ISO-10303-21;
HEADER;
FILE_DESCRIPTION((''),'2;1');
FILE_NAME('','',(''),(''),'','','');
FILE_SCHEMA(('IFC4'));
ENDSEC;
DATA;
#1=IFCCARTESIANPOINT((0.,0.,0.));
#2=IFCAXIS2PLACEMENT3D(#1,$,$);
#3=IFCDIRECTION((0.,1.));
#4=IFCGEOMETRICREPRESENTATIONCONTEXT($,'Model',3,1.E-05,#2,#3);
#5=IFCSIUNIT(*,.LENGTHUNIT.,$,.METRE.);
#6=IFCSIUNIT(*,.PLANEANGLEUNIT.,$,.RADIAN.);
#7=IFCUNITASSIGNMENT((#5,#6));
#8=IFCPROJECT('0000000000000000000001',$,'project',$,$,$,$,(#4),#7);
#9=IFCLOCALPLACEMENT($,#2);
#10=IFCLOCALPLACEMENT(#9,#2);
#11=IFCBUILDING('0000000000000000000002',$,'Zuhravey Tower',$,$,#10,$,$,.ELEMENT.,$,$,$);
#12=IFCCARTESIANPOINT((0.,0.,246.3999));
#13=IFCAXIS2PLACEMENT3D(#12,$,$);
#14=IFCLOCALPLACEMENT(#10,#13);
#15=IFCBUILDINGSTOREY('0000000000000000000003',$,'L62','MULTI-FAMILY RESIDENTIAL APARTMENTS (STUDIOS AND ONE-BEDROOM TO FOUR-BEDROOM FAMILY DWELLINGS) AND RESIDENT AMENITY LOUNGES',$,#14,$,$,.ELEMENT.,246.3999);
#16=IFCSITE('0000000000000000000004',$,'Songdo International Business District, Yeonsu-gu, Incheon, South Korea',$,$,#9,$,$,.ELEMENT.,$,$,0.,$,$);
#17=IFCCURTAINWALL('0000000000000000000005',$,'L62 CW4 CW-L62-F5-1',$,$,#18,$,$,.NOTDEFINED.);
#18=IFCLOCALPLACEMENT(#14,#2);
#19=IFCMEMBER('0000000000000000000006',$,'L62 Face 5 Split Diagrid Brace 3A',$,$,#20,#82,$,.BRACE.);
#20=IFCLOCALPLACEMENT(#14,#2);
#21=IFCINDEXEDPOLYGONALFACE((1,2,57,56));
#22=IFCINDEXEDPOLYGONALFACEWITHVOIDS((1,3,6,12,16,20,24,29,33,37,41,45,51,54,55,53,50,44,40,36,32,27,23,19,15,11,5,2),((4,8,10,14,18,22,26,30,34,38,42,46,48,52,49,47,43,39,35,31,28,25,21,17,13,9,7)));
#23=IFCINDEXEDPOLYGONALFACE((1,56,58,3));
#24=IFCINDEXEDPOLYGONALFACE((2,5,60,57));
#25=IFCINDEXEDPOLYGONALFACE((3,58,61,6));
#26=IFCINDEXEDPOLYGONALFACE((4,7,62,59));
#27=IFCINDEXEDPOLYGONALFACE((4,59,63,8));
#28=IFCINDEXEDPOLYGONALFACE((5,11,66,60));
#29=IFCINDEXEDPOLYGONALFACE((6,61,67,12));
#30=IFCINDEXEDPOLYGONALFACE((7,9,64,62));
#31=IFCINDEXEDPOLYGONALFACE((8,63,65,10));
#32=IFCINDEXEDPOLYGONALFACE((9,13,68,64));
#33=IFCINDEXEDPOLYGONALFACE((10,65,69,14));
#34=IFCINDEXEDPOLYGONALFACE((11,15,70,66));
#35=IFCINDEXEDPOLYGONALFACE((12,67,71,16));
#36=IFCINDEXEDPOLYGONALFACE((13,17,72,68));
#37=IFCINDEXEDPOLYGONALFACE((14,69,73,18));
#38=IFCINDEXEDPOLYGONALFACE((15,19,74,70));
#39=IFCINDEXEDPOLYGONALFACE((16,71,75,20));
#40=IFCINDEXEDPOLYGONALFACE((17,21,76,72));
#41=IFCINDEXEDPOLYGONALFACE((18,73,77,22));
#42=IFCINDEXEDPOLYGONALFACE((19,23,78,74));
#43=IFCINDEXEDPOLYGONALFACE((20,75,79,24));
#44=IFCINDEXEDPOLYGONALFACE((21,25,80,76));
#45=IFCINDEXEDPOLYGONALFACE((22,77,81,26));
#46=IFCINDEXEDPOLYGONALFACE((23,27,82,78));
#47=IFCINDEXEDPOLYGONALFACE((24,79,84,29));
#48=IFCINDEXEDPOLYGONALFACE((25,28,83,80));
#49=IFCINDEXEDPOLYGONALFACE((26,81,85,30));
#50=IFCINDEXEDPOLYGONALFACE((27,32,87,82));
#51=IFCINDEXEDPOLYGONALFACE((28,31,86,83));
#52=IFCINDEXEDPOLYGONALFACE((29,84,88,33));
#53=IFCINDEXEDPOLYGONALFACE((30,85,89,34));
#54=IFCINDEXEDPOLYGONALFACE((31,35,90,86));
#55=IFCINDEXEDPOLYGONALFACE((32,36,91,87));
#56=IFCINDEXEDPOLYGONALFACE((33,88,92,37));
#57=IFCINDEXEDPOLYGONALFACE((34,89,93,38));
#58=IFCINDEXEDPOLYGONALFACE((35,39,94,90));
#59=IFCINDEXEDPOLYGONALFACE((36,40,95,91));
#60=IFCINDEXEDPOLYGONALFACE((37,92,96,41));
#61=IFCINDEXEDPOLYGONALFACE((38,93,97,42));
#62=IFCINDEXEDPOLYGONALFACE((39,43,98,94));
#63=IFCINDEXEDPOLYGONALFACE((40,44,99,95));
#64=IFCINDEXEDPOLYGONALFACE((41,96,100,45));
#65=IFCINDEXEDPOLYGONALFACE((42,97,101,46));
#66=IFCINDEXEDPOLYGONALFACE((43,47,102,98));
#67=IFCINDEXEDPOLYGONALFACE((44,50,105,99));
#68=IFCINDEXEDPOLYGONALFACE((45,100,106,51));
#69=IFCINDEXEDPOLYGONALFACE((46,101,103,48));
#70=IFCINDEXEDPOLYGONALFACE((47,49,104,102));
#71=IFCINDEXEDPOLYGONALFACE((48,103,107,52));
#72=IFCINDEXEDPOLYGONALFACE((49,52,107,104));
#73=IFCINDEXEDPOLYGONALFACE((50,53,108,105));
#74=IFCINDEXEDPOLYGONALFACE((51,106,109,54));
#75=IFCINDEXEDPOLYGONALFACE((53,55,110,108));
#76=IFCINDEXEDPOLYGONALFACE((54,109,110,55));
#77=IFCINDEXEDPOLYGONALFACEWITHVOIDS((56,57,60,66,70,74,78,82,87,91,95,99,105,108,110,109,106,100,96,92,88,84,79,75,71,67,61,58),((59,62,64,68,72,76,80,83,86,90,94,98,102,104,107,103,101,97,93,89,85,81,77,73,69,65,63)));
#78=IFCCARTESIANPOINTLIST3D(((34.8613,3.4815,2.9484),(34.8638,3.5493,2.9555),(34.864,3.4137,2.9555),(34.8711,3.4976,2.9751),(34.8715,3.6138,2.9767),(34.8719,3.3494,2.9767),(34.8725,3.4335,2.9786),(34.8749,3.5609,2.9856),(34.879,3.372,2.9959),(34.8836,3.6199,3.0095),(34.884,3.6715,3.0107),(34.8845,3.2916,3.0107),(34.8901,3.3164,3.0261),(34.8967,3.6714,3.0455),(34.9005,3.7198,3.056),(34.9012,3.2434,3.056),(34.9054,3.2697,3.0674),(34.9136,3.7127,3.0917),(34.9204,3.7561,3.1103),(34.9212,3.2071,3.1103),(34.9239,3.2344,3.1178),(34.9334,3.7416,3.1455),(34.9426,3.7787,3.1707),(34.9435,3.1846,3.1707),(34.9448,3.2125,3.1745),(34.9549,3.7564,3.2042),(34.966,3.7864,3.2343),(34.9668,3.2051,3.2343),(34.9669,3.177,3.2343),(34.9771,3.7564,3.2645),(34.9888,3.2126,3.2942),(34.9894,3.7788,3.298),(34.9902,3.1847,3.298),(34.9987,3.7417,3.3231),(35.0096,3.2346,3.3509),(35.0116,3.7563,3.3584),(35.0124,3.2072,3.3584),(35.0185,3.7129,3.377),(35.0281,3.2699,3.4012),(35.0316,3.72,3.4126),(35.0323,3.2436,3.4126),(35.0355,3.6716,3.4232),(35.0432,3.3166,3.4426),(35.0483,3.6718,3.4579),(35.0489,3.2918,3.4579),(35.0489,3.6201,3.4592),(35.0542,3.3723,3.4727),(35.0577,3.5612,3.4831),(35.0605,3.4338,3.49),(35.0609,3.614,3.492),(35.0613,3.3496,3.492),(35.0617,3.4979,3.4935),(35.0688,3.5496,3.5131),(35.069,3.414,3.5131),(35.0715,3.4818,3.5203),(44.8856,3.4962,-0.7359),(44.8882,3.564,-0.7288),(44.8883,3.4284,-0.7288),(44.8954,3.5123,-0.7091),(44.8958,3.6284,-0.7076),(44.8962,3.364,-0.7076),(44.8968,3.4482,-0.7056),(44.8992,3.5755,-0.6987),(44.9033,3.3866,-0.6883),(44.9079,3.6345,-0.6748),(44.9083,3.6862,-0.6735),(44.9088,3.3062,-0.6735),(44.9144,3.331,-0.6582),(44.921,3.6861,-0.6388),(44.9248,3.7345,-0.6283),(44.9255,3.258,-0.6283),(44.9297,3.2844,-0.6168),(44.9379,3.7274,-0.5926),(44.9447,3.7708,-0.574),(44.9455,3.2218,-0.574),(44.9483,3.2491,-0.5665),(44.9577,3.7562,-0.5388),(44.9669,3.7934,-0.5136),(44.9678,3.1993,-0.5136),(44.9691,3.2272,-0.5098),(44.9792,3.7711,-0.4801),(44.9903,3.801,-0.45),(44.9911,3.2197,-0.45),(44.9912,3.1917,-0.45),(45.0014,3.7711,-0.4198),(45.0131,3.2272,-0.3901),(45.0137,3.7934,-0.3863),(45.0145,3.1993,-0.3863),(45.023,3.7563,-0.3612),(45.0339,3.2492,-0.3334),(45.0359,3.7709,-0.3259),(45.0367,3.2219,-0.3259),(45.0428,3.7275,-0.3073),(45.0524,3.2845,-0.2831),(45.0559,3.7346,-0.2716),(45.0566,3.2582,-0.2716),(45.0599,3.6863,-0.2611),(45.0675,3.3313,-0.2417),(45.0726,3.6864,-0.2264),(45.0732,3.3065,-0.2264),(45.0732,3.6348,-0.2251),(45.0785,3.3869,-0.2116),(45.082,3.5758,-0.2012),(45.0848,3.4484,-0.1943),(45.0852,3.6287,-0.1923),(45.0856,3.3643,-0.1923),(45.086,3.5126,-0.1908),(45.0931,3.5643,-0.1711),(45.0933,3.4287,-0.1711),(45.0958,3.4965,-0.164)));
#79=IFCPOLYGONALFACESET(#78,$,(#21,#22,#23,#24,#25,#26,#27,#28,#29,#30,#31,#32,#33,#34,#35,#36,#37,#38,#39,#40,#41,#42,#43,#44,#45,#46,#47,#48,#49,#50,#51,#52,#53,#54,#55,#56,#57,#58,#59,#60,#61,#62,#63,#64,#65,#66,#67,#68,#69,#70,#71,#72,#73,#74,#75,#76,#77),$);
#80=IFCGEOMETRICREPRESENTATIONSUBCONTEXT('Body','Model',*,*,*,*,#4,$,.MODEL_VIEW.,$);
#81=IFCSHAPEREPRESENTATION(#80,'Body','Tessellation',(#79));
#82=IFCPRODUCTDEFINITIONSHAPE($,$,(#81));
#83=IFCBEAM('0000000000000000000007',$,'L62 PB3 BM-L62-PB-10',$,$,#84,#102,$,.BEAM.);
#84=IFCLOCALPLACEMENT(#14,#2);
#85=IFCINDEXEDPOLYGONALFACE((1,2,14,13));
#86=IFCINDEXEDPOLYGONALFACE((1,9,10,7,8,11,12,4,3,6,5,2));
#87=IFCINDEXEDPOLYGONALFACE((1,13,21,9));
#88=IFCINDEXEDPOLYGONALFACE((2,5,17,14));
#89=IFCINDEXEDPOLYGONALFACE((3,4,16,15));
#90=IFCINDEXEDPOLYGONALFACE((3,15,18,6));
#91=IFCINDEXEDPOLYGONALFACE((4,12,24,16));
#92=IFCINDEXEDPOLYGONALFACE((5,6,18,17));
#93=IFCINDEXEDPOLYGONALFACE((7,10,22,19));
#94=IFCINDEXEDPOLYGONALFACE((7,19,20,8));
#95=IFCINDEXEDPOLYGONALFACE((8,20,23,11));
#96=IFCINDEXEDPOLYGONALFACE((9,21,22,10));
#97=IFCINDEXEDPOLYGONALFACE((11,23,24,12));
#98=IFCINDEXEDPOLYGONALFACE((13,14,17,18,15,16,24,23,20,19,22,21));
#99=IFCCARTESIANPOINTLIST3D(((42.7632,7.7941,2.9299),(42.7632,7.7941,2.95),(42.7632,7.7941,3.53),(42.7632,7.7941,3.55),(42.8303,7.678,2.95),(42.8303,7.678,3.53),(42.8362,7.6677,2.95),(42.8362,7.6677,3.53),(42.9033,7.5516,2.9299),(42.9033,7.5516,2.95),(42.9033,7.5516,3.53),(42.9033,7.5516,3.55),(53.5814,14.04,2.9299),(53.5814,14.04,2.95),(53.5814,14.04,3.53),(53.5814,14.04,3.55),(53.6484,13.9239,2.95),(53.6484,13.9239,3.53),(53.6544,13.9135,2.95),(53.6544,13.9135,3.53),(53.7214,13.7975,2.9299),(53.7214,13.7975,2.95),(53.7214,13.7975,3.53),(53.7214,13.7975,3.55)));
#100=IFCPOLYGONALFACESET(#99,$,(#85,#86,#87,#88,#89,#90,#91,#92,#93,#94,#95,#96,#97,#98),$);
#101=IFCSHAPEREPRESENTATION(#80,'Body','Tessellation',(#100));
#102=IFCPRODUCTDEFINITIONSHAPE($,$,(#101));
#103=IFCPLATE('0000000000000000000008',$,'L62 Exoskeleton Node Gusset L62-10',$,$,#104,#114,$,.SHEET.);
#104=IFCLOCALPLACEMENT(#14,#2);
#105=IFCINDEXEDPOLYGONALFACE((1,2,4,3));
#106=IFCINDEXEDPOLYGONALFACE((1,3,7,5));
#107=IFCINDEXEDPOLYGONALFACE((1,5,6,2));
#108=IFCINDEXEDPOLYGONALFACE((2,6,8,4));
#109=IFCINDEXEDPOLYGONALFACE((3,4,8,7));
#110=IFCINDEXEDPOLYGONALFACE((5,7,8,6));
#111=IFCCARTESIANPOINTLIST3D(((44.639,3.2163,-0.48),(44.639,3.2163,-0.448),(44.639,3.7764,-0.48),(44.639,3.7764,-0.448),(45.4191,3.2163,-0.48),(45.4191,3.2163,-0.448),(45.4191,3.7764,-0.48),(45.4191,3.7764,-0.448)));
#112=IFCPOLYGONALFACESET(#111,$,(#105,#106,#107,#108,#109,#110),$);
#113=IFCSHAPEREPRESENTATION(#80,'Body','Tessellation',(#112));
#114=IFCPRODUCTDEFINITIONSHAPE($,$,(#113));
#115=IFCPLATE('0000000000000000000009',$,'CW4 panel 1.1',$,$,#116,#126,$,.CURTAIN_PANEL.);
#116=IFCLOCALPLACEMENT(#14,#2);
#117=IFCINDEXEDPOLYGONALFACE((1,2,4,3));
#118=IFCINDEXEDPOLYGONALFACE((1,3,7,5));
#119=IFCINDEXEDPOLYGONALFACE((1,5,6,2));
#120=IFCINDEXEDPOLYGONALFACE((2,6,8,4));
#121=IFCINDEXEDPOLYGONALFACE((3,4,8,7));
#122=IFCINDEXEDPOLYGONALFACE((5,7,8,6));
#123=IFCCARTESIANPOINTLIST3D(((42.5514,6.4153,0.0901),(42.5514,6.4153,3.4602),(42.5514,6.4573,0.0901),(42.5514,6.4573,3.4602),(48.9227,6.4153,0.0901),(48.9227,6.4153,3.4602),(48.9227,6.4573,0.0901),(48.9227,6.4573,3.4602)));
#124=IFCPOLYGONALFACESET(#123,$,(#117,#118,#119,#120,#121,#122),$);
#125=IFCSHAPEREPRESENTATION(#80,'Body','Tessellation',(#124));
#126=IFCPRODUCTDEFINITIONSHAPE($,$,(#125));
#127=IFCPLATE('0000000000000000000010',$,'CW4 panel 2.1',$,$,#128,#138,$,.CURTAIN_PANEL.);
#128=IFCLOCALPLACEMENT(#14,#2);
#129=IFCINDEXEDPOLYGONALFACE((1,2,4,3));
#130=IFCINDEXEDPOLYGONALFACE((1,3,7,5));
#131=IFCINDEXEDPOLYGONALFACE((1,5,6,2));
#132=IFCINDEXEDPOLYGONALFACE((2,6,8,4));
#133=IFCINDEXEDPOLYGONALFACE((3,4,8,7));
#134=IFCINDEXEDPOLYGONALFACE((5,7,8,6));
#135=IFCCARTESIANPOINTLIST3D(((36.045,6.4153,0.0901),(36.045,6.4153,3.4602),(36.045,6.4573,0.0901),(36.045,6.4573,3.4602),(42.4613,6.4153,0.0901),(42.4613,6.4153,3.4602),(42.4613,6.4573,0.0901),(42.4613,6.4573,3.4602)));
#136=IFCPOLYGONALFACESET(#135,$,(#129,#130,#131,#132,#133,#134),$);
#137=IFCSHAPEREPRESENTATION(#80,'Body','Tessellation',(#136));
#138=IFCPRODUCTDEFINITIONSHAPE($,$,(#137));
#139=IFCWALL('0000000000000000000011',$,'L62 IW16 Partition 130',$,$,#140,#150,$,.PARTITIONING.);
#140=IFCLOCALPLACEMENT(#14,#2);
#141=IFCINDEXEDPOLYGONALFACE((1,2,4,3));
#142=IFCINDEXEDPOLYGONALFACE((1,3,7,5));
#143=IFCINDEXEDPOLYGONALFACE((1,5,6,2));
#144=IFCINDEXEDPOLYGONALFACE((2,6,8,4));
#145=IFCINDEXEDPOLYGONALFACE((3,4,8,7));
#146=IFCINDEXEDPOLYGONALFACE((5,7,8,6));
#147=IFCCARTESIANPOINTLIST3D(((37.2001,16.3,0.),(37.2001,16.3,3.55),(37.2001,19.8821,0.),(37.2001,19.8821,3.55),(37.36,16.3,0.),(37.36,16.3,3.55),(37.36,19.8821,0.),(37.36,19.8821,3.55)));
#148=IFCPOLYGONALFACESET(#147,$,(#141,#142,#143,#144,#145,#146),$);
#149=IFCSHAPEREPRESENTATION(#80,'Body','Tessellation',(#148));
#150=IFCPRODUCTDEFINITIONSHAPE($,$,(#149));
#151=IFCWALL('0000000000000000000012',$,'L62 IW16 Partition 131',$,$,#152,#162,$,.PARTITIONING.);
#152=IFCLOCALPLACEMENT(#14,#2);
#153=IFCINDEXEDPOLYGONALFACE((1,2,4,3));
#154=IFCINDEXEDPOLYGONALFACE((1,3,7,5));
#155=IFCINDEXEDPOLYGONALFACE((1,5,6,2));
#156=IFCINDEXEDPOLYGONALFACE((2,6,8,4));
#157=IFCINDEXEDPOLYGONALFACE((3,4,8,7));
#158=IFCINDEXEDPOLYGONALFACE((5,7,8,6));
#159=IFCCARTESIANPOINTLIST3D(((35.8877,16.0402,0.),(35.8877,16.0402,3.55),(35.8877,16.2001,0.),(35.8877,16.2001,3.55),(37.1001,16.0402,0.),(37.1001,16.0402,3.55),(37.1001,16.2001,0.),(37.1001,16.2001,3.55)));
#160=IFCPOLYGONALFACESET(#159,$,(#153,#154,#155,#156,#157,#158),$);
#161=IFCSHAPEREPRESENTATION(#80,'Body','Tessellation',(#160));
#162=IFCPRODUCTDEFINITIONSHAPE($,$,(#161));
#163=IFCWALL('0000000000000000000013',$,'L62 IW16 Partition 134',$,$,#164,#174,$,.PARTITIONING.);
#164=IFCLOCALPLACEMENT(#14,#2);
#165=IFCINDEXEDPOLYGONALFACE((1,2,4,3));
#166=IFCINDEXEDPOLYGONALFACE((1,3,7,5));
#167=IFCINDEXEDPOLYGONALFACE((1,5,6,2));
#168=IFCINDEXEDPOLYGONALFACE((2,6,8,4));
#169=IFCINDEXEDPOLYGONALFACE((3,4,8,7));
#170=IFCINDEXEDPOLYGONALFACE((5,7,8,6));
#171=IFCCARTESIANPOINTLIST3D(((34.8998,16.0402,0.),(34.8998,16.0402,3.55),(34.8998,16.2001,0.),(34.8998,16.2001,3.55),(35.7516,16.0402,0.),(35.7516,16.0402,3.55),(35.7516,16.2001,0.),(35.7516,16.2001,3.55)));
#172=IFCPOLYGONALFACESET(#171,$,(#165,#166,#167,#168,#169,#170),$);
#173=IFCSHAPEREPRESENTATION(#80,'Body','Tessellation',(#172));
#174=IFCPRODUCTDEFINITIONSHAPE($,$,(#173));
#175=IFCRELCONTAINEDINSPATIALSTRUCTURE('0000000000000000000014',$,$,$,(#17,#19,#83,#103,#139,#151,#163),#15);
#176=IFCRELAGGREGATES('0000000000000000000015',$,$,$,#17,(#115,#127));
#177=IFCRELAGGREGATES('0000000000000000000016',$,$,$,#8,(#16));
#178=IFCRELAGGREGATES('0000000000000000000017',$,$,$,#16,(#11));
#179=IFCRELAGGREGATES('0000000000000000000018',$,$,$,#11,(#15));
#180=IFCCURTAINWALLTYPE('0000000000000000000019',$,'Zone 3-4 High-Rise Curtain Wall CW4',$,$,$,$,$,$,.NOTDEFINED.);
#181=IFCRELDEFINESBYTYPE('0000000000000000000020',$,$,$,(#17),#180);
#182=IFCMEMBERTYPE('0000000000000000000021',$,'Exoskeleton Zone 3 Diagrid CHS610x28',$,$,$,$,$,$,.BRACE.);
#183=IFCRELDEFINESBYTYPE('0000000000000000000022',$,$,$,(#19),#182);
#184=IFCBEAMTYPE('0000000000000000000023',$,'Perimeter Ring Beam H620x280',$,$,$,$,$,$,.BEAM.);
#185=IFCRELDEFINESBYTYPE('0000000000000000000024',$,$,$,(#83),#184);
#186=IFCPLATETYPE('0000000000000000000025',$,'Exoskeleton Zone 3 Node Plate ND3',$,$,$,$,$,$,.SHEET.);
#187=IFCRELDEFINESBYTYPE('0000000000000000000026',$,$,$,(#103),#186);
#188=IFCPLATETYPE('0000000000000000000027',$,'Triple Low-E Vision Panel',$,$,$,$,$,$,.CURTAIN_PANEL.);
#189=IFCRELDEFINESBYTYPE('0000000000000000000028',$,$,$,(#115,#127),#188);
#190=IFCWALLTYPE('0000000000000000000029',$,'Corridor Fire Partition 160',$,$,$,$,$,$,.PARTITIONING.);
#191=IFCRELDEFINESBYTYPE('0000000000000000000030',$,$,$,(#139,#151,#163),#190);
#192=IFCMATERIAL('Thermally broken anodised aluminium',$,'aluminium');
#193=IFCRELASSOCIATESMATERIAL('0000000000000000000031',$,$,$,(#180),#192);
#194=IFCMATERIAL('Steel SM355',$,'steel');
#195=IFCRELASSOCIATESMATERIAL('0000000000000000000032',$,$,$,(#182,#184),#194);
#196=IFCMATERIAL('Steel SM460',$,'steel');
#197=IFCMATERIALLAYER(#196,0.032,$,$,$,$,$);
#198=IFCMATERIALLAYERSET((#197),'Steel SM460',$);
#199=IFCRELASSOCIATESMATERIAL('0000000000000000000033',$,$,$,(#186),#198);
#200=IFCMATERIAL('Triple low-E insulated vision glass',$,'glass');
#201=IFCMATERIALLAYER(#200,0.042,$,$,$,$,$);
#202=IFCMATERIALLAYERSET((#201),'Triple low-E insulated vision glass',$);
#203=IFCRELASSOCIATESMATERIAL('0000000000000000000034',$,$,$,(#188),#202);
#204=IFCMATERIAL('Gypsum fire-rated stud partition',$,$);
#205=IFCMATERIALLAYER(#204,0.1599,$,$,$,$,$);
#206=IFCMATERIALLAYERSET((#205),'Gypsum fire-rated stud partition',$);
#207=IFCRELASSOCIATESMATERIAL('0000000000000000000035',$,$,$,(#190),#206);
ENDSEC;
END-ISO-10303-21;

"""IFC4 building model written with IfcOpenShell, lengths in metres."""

from ifc_helpers import new_model, si_unit, direction, frame, frame_2d, origin, origin_2d, place, context, subcontext, project, spatial, rectangle, hollow_circle, i_section, extrude, material, layer, layer_set, material_profile, profile_set, type_object, element, aggregate, save


model = new_model("IFC4")

# Units and contexts
model_context = context("Model", 3, precision=1e-05, world=origin(), true_north=direction((0.0, 1.0)))
body_context = subcontext(model_context, "Body", "Model", "MODEL_VIEW")
ifc_project = project(units=[si_unit("LENGTHUNIT", "METRE"), si_unit("PLANEANGLEUNIT", "RADIAN")], contexts=[model_context])

# Site, building, storey
site_placement = place(None, origin())
site = spatial("IfcSite", under=ifc_project, at=site_placement, Name="Songdo International Business District, Yeonsu-gu, Incheon, South Korea", CompositionType="ELEMENT", RefElevation=0.0)
building_placement = place(site_placement, origin())
building = spatial("IfcBuilding", under=site, at=building_placement, Name="Zuhravey Tower", CompositionType="ELEMENT")
storey_placement = place(building_placement, frame((0.0, 0.0, 246.3999)))
storey = spatial("IfcBuildingStorey", under=building, at=storey_placement, Name="L62", Description="MULTI-FAMILY RESIDENTIAL APARTMENTS (STUDIOS AND ONE-BEDROOM TO FOUR-BEDROOM FAMILY DWELLINGS) AND RESIDENT AMENITY LOUNGES", CompositionType="ELEMENT", Elevation=246.3999)

# Curtain wall
ifc_material_1 = material(Name="Thermally broken anodised aluminium", Category="aluminium")
curtain_wall_type = type_object("IfcCurtainWallType", Name="Zone 3-4 High-Rise Curtain Wall CW4", PredefinedType="NOTDEFINED", material=ifc_material_1)
curtain_wall_placement = place(storey_placement, origin())
curtain_wall = element("IfcCurtainWall", 1, at=curtain_wall_placement, inside=storey, type_object=curtain_wall_type, Name="L62 CW4 CW-L62-F5-1", PredefinedType="NOTDEFINED")

# Member
ifc_material_2 = material(Name="Steel SM355", Category="steel")
ifc_material_profile_1 = material_profile(ifc_material_2, hollow_circle(Radius=0.3047, WallThickness=0.0281, at=origin_2d()), Name="CHS-609.6x28")
ifc_profile_set_1 = profile_set([ifc_material_profile_1], Name="Steel SM355")
member_type_1 = type_object("IfcMemberType", Name="Exoskeleton Zone 3 Diagrid CHS610x28", PredefinedType="BRACE", material=ifc_profile_set_1)
member_1_placement = place(storey_placement, frame((44.9907, 3.4963, -0.45), z_axis=(-0.938612, -0.001372, 0.344973), x_axis=(0.001461, -0.999999, 0.0)))
element("IfcMember", 2, at=member_1_placement, inside=storey, type_object=member_type_1, Name="L62 Face 5 Split Diagrid Brace 3A", PredefinedType="BRACE", context=body_context, shape_type="SweptSolid", body=[
    extrude(hollow_circle(Radius=0.3047, WallThickness=0.0281, at=origin_2d()), origin(), (0.0, 0.0, 1.0), 10.6799),
])

# Beam
ifc_material_profile_2 = material_profile(ifc_material_2, i_section(OverallWidth=0.28, OverallDepth=0.6201, WebThickness=0.012, FlangeThickness=0.02, at=origin_2d()), Name="H-620x280x12x20")
ifc_profile_set_2 = profile_set([ifc_material_profile_2], Name="Steel SM355")
beam_type = type_object("IfcBeamType", Name="Perimeter Ring Beam H620x280", PredefinedType="BEAM", material=ifc_profile_set_2)
beam_placement = place(storey_placement, frame((42.8333, 7.6729, 3.24), z_axis=(0.866025, 0.5, 0.0), x_axis=(-0.5, 0.866025, 0.0)))
element("IfcBeam", 3, at=beam_placement, inside=storey, type_object=beam_type, Name="L62 PB3 BM-L62-PB-10", PredefinedType="BEAM", context=body_context, shape_type="SweptSolid", body=[
    extrude(i_section(OverallWidth=0.28, OverallDepth=0.6201, WebThickness=0.012, FlangeThickness=0.02, at=origin_2d()), origin(), (0.0, 0.0, 1.0), 12.4917),
])

# Plates
ifc_material_3 = material(Name="Steel SM460", Category="steel")
ifc_layer_1 = layer(ifc_material_3, 0.032)
ifc_layer_set_1 = layer_set([ifc_layer_1], Name="Steel SM460")
plate_type_1 = type_object("IfcPlateType", Name="Exoskeleton Zone 3 Node Plate ND3", PredefinedType="SHEET", material=ifc_layer_set_1)
plate_1_placement = place(storey_placement, frame((45.0291, 3.4963, -0.48), z_axis=(0.0, 0.0, 1.0), x_axis=(1.0, 0.0, 0.0)))
element("IfcPlate", 4, at=plate_1_placement, inside=storey, type_object=plate_type_1, Name="L62 Exoskeleton Node Gusset L62-10", PredefinedType="SHEET", context=body_context, shape_type="SweptSolid", body=[
    extrude(rectangle(XDim=0.78, YDim=0.5601, at=origin_2d()), origin(), (0.0, 0.0, 1.0), 0.032),
])
ifc_material_4 = material(Name="Triple low-E insulated vision glass", Category="glass")
ifc_layer_2 = layer(ifc_material_4, 0.042)
ifc_layer_set_2 = layer_set([ifc_layer_2], Name="Triple low-E insulated vision glass")
plate_type_2 = type_object("IfcPlateType", Name="Triple Low-E Vision Panel", PredefinedType="CURTAIN_PANEL", material=ifc_layer_set_2)
plate_2_placement = place(storey_placement, frame((45.7371, 6.4363, 0.0901), z_axis=(0.0, 0.0, 1.0), x_axis=(-1.0, 0.0, 0.0)))
plate_2 = element("IfcPlate", 5, at=plate_2_placement, type_object=plate_type_2, Name="CW4 panel 1.1", PredefinedType="CURTAIN_PANEL", context=body_context, shape_type="SweptSolid", body=[
    extrude(rectangle(XDim=6.3713, YDim=0.042, at=origin_2d()), origin(), (0.0, 0.0, 1.0), 3.3701),
])
plate_3_placement = place(storey_placement, frame((39.2532, 6.4363, 0.0901), z_axis=(0.0, 0.0, 1.0), x_axis=(-1.0, 0.0, 0.0)))
plate_3 = element("IfcPlate", 6, at=plate_3_placement, type_object=plate_type_2, Name="CW4 panel 2.1", PredefinedType="CURTAIN_PANEL", context=body_context, shape_type="SweptSolid", body=[
    extrude(rectangle(XDim=6.4163, YDim=0.042, at=origin_2d()), origin(), (0.0, 0.0, 1.0), 3.3701),
])
aggregate(curtain_wall, [plate_2, plate_3])

# Walls
ifc_material_5 = material(Name="Gypsum fire-rated stud partition")
ifc_layer_3 = layer(ifc_material_5, 0.1599)
ifc_layer_set_3 = layer_set([ifc_layer_3], Name="Gypsum fire-rated stud partition")
wall_type_1 = type_object("IfcWallType", Name="Corridor Fire Partition 160", PredefinedType="PARTITIONING", material=ifc_layer_set_3)
wall_1_placement = place(storey_placement, frame((37.28, 16.3, 0.0), z_axis=(0.0, 0.0, 1.0), x_axis=(0.0, 1.0, 0.0)))
element("IfcWall", 7, at=wall_1_placement, inside=storey, type_object=wall_type_1, Name="L62 IW16 Partition 130", PredefinedType="PARTITIONING", context=body_context, shape_type="SweptSolid", body=[
    extrude(rectangle(XDim=3.582, YDim=0.1599, at=frame_2d((1.791, 0.0))), origin(), (0.0, 0.0, 1.0), 3.55),
])
wall_2_placement = place(storey_placement, frame((35.8877, 16.1201, 0.0), z_axis=(0.0, 0.0, 1.0), x_axis=(1.0, 0.0, 0.0)))
element("IfcWall", 8, at=wall_2_placement, inside=storey, type_object=wall_type_1, Name="L62 IW16 Partition 131", PredefinedType="PARTITIONING", context=body_context, shape_type="SweptSolid", body=[
    extrude(rectangle(XDim=1.2124, YDim=0.1599, at=frame_2d((0.6062, 0.0))), origin(), (0.0, 0.0, 1.0), 3.55),
])
wall_3_placement = place(storey_placement, frame((34.8999, 16.1201, 0.0), z_axis=(0.0, 0.0, 1.0), x_axis=(1.0, 0.0, 0.0)))
element("IfcWall", 9, at=wall_3_placement, inside=storey, type_object=wall_type_1, Name="L62 IW16 Partition 134", PredefinedType="PARTITIONING", context=body_context, shape_type="SweptSolid", body=[
    extrude(rectangle(XDim=0.8518, YDim=0.1599, at=frame_2d((0.4258, 0.0))), origin(), (0.0, 0.0, 1.0), 3.55),
])

save(model, "model.ifc")
